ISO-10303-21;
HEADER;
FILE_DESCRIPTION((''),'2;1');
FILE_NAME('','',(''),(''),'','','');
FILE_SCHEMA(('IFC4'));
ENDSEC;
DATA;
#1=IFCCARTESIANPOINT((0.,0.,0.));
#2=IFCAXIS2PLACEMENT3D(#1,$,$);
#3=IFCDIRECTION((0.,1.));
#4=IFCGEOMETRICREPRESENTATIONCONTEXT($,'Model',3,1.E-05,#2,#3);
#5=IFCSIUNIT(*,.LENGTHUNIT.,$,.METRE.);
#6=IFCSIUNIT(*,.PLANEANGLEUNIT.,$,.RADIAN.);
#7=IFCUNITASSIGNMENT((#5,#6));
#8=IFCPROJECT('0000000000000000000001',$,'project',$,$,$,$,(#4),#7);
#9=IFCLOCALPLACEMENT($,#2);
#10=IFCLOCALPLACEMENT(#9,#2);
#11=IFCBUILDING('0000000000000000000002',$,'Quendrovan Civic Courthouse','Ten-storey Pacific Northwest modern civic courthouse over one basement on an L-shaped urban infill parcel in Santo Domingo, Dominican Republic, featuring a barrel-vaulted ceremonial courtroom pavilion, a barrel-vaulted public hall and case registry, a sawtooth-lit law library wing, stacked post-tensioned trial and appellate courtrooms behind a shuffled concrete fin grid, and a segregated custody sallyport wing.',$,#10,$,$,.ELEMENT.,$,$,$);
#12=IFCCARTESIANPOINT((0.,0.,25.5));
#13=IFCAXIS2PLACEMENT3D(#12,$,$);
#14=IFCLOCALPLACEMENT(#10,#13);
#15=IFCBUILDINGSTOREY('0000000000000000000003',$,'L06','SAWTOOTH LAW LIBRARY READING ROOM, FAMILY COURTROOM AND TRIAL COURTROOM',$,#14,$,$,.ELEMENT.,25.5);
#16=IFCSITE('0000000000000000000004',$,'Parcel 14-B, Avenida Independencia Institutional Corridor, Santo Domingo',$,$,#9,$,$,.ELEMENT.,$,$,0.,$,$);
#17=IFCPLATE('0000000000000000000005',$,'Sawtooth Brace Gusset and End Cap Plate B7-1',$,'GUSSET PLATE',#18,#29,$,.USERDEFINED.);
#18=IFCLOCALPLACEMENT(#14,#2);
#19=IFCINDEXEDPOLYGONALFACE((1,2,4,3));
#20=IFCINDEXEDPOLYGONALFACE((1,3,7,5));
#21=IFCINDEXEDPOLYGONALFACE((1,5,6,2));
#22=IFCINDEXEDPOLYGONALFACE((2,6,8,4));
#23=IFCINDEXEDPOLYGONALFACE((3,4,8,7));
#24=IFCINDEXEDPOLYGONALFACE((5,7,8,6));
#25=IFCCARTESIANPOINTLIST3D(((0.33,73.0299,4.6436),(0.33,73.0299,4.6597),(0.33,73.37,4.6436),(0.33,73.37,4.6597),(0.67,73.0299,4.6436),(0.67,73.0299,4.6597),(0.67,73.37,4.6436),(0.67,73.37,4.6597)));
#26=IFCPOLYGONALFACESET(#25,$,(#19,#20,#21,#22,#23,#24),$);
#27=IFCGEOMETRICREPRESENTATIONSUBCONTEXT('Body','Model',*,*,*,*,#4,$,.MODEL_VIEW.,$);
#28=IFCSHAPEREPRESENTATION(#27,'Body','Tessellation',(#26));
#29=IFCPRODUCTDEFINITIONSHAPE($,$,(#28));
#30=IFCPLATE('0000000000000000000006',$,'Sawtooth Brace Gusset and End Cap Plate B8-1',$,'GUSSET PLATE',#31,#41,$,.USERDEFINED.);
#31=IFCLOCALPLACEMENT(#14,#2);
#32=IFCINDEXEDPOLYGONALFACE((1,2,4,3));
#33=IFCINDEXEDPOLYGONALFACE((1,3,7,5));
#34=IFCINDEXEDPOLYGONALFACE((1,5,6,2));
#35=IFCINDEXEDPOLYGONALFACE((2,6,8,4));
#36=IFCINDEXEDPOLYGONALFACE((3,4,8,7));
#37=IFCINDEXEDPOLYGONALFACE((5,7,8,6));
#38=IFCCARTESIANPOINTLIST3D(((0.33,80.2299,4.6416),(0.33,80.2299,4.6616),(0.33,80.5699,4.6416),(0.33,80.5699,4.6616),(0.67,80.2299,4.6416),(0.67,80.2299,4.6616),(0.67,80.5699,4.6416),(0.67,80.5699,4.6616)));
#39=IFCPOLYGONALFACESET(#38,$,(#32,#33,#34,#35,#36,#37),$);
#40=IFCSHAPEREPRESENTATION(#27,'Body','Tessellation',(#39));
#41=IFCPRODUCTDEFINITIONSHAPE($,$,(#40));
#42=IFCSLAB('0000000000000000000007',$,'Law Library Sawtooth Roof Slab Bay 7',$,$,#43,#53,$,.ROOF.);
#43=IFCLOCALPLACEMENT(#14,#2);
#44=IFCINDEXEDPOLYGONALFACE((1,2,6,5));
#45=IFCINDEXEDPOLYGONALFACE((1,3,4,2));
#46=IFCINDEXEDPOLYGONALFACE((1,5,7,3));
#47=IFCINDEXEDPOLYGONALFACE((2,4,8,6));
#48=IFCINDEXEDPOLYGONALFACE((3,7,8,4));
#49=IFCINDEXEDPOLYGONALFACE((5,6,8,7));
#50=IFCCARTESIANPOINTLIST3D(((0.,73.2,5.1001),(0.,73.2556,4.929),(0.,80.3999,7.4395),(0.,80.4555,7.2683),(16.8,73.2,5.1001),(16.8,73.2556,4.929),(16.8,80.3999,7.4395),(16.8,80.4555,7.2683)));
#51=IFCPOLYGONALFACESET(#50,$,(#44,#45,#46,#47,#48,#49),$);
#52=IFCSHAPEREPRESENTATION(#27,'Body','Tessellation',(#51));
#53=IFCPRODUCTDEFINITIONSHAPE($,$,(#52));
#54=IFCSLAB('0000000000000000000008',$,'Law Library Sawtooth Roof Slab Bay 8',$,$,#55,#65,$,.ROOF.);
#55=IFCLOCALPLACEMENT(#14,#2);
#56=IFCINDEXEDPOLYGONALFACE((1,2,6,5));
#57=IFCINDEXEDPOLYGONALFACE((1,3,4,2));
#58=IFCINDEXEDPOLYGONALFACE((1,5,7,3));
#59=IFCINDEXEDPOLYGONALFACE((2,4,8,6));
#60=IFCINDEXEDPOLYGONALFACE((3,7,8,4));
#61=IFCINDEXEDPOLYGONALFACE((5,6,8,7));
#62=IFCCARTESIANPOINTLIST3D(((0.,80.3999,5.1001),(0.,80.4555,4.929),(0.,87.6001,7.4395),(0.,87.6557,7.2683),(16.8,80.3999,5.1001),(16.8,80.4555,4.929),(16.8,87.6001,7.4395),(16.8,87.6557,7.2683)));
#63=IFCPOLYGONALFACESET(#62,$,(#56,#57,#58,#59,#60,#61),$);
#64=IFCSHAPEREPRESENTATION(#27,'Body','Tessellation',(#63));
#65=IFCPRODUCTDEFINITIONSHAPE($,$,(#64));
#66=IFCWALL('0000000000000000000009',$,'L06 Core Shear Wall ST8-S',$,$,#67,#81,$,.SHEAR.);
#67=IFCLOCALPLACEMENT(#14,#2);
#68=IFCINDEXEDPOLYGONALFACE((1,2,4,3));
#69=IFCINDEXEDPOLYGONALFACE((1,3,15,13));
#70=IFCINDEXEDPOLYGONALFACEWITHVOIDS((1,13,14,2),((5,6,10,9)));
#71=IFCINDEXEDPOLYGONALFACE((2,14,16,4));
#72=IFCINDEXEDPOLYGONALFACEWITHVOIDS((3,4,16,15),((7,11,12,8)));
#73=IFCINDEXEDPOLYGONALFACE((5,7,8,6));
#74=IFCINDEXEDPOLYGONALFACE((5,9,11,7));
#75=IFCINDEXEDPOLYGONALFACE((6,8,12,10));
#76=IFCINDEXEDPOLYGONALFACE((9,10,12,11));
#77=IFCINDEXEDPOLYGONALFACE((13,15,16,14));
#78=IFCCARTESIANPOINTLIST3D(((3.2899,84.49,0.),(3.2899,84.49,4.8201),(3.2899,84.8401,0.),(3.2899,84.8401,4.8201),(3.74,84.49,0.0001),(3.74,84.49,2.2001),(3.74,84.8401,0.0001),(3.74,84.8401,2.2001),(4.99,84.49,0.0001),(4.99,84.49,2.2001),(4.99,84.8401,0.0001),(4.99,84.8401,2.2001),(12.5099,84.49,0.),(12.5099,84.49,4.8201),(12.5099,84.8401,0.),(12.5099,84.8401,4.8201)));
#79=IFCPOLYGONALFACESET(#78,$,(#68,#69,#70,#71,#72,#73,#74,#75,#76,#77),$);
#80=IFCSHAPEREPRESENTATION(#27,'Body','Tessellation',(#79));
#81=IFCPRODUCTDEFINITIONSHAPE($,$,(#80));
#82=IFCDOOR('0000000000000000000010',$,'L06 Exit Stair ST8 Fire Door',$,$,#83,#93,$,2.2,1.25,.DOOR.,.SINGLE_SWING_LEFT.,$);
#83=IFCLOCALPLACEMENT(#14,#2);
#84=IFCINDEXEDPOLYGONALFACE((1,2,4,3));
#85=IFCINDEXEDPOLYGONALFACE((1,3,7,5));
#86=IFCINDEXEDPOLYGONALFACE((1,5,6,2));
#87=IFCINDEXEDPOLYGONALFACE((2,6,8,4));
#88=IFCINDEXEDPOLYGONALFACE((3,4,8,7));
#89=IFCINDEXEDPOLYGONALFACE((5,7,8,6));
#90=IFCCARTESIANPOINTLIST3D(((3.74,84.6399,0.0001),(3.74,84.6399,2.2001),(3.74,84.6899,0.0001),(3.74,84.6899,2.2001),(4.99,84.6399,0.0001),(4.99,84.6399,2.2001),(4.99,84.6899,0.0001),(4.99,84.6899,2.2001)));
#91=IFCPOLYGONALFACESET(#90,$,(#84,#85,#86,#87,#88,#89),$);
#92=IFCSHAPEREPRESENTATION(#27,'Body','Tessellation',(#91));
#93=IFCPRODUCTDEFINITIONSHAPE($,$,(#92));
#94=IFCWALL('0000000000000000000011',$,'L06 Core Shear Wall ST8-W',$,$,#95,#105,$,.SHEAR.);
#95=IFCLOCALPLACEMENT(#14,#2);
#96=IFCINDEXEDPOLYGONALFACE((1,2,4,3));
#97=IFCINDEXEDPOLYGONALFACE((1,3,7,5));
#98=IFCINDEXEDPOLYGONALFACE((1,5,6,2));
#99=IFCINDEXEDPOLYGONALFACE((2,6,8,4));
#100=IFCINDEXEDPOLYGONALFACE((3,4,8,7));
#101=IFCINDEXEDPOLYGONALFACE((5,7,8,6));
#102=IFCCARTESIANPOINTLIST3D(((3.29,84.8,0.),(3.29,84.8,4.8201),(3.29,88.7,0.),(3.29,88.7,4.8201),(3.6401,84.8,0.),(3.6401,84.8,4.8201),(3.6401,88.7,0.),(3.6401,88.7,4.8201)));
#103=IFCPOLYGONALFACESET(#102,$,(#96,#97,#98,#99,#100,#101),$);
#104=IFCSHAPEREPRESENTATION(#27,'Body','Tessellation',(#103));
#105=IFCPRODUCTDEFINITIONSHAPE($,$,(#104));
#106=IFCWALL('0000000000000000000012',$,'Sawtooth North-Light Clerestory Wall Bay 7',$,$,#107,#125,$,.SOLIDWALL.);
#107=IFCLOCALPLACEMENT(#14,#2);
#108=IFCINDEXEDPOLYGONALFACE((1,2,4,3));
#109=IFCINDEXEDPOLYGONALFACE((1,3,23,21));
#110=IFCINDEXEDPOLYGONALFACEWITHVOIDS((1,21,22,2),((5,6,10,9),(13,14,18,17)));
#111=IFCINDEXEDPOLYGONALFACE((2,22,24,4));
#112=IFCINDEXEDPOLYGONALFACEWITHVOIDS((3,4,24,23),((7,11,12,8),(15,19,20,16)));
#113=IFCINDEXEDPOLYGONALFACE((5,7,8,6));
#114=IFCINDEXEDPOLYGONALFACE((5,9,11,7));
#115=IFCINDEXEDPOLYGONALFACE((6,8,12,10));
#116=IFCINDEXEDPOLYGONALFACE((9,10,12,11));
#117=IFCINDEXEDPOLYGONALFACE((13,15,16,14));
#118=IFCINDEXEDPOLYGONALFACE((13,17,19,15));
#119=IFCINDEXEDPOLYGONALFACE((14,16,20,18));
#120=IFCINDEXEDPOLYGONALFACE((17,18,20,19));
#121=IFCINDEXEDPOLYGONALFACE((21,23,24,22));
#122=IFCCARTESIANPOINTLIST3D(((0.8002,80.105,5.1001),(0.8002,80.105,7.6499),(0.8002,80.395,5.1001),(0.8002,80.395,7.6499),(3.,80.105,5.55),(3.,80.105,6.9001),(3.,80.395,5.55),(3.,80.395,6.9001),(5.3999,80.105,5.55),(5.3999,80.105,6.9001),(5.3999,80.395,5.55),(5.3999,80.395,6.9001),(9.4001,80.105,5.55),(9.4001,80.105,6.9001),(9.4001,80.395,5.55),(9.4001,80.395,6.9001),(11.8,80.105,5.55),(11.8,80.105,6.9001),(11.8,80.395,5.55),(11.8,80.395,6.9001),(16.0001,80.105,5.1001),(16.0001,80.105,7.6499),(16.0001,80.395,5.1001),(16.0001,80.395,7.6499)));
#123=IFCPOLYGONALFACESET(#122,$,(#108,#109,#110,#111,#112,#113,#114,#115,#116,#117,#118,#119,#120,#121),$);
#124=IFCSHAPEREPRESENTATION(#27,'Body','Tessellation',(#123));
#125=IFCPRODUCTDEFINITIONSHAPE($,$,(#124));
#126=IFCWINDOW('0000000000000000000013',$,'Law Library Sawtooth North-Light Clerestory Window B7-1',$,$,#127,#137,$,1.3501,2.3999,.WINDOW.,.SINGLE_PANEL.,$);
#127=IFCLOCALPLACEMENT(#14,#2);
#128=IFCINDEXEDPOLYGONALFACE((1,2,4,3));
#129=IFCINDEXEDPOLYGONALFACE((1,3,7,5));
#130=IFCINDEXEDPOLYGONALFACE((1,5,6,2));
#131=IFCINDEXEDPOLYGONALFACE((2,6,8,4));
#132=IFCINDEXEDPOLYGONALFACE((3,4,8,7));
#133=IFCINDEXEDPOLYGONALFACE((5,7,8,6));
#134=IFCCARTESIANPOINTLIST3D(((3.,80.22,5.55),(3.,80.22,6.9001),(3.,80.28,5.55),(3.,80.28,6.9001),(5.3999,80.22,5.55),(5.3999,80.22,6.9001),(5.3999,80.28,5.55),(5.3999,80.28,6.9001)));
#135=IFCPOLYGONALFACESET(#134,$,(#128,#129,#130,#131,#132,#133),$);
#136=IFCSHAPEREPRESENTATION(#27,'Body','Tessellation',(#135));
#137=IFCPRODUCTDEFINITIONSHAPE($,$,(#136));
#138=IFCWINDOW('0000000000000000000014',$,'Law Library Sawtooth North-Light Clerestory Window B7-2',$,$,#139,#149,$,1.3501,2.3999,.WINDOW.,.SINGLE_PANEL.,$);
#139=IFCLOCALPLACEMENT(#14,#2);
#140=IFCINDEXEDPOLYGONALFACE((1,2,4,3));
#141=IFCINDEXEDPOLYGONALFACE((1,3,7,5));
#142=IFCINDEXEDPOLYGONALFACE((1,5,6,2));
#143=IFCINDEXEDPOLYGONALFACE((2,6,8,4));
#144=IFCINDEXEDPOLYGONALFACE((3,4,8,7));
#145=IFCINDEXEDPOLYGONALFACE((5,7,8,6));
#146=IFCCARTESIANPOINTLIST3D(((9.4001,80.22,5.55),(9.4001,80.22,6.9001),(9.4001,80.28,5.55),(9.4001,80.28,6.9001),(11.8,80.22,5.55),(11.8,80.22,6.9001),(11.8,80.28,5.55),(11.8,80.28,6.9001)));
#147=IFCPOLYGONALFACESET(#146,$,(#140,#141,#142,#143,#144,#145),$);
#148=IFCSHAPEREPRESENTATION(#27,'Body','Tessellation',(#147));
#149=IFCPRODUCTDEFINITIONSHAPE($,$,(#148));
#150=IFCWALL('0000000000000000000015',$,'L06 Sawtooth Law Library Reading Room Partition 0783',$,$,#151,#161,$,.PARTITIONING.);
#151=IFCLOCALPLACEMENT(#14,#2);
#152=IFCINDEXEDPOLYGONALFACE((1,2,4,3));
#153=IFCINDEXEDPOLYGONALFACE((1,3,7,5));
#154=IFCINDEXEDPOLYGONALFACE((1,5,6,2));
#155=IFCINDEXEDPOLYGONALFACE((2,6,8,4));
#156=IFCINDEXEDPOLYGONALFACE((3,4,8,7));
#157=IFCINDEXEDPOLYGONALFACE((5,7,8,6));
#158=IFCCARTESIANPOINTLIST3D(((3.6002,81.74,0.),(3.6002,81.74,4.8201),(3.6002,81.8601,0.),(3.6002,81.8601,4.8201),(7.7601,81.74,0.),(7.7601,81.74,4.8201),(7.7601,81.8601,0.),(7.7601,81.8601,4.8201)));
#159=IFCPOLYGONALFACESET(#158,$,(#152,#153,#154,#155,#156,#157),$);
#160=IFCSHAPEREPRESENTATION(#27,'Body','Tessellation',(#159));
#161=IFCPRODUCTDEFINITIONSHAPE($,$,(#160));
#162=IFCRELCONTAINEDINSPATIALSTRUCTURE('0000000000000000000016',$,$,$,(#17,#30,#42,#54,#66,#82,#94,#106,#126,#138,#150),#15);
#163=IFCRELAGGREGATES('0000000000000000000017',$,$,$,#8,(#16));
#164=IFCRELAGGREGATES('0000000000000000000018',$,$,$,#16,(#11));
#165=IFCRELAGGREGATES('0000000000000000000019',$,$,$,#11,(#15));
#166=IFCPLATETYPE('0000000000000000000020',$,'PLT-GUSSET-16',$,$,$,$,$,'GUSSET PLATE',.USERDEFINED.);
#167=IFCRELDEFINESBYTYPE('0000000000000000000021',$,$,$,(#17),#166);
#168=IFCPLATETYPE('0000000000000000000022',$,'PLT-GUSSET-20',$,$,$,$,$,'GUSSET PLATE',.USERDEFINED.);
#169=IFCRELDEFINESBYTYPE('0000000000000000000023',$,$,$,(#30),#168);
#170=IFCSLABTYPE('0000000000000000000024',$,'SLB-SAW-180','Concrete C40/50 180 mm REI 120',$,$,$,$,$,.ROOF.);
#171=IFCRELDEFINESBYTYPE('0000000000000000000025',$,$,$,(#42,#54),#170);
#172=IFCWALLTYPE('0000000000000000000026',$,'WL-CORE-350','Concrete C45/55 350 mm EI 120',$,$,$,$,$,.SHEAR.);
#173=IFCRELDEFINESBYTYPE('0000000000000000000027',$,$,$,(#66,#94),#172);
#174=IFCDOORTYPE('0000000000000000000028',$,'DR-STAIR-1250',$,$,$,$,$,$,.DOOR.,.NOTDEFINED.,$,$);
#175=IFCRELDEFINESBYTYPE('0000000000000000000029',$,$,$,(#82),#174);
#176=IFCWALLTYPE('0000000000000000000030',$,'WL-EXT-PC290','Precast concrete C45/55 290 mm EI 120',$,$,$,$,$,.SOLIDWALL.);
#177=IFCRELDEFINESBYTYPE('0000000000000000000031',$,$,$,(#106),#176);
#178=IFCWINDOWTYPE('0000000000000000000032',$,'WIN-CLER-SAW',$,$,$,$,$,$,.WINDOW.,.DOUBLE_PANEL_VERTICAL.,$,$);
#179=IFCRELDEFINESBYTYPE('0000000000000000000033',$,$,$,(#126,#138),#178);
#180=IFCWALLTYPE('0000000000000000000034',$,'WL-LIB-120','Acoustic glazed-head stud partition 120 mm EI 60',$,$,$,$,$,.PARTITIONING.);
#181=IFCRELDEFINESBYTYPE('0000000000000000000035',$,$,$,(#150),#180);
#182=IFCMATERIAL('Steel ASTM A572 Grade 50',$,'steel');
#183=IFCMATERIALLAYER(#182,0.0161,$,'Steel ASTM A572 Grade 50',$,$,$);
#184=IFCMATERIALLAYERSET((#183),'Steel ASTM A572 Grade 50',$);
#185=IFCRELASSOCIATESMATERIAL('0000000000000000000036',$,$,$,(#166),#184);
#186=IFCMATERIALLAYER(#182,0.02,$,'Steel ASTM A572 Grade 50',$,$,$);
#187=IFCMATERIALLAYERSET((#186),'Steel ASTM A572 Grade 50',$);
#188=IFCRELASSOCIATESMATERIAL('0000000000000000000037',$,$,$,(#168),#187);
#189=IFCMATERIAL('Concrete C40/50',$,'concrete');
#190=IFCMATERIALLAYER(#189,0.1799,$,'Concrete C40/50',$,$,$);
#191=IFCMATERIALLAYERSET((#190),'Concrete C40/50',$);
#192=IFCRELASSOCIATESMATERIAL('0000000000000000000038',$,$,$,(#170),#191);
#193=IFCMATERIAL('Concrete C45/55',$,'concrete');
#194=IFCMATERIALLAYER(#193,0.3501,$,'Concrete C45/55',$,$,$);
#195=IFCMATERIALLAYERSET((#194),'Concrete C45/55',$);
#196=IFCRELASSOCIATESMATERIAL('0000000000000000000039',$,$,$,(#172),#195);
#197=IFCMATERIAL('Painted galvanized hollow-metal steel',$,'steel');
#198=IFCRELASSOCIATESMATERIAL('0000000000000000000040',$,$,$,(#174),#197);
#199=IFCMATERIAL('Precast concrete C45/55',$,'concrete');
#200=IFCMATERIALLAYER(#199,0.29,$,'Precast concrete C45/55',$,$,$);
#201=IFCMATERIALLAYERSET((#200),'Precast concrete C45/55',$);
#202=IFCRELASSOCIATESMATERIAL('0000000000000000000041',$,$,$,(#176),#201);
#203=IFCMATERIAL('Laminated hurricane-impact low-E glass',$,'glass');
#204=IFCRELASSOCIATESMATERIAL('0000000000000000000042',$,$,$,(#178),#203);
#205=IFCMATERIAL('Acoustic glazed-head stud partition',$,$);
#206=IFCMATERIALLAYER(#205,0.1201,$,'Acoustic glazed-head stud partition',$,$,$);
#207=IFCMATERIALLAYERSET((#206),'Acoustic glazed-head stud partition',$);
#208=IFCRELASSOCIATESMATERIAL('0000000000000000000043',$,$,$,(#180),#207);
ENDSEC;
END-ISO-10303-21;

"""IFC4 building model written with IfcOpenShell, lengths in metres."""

from ifc_helpers import new_model, si_unit, direction, frame, frame_2d, origin, origin_2d, place, context, subcontext, project, spatial, polyline, rectangle, outline, extrude, material, layer, layer_set, type_object, element, fill, save


model = new_model("IFC4")

# Units and contexts
model_context = context("Model", 3, precision=1e-05, world=origin(), true_north=direction((0.0, 1.0)))
body_context = subcontext(model_context, "Body", "Model", "MODEL_VIEW")
ifc_project = project(units=[si_unit("LENGTHUNIT", "METRE"), si_unit("PLANEANGLEUNIT", "RADIAN")], contexts=[model_context])

# Site, building, storey
site_placement = place(None, origin())
site = spatial("IfcSite", under=ifc_project, at=site_placement, Name="Parcel 14-B, Avenida Independencia Institutional Corridor, Santo Domingo", CompositionType="ELEMENT", RefElevation=0.0)
building_placement = place(site_placement, origin())
building = spatial("IfcBuilding", under=site, at=building_placement, Name="Quendrovan Civic Courthouse", Description="Ten-storey Pacific Northwest modern civic courthouse over one basement on an L-shaped urban infill parcel in Santo Domingo, Dominican Republic, featuring a barrel-vaulted ceremonial courtroom pavilion, a barrel-vaulted public hall and case registry, a sawtooth-lit law library wing, stacked post-tensioned trial and appellate courtrooms behind a shuffled concrete fin grid, and a segregated custody sallyport wing.", CompositionType="ELEMENT")
storey_placement = place(building_placement, frame((0.0, 0.0, 25.5)))
storey = spatial("IfcBuildingStorey", under=building, at=storey_placement, Name="L06", Description="SAWTOOTH LAW LIBRARY READING ROOM, FAMILY COURTROOM AND TRIAL COURTROOM", CompositionType="ELEMENT", Elevation=25.5)

# Plates
ifc_material_1 = material(Name="Steel ASTM A572 Grade 50", Category="steel")
ifc_layer_1 = layer(ifc_material_1, 0.0161, Name="Steel ASTM A572 Grade 50")
ifc_layer_set_1 = layer_set([ifc_layer_1], Name="Steel ASTM A572 Grade 50")
plate_type_1 = type_object("IfcPlateType", Name="PLT-GUSSET-16", ElementType="GUSSET PLATE", PredefinedType="USERDEFINED", material=ifc_layer_set_1)
plate_1_placement = place(storey_placement, frame((0.5, 73.2, 4.6436), z_axis=(0.0, 0.0, 1.0), x_axis=(1.0, 0.0, 0.0)))
element("IfcPlate", 1, at=plate_1_placement, inside=storey, type_object=plate_type_1, Name="Sawtooth Brace Gusset and End Cap Plate B7-1", ObjectType="GUSSET PLATE", PredefinedType="USERDEFINED", context=body_context, shape_type="SweptSolid", body=[
    extrude(rectangle(XDim=0.3401, YDim=0.3401, at=origin_2d()), origin(), (0.0, 0.0, 1.0), 0.0161),
])
ifc_layer_2 = layer(ifc_material_1, 0.02, Name="Steel ASTM A572 Grade 50")
ifc_layer_set_2 = layer_set([ifc_layer_2], Name="Steel ASTM A572 Grade 50")
plate_type_2 = type_object("IfcPlateType", Name="PLT-GUSSET-20", ElementType="GUSSET PLATE", PredefinedType="USERDEFINED", material=ifc_layer_set_2)
plate_2_placement = place(storey_placement, frame((0.5, 80.3999, 4.6416), z_axis=(0.0, 0.0, 1.0), x_axis=(1.0, 0.0, 0.0)))
element("IfcPlate", 2, at=plate_2_placement, inside=storey, type_object=plate_type_2, Name="Sawtooth Brace Gusset and End Cap Plate B8-1", ObjectType="GUSSET PLATE", PredefinedType="USERDEFINED", context=body_context, shape_type="SweptSolid", body=[
    extrude(rectangle(XDim=0.3401, YDim=0.3401, at=origin_2d()), origin(), (0.0, 0.0, 1.0), 0.02),
])

# Slabs
ifc_material_2 = material(Name="Concrete C40/50", Category="concrete")
ifc_layer_3 = layer(ifc_material_2, 0.1799, Name="Concrete C40/50")
ifc_layer_set_3 = layer_set([ifc_layer_3], Name="Concrete C40/50")
slab_type = type_object("IfcSlabType", Name="SLB-SAW-180", Description="Concrete C40/50 180 mm REI 120", PredefinedType="ROOF", material=ifc_layer_set_3)
slab_1_placement = place(storey_placement, frame((0.0, 73.2, 5.1001), z_axis=(0.0, -0.309011, 0.951058), x_axis=(1.0, 0.0, 0.0)))
element("IfcSlab", 3, at=slab_1_placement, inside=storey, type_object=slab_type, Name="Law Library Sawtooth Roof Slab Bay 7", PredefinedType="ROOF", context=body_context, shape_type="SweptSolid", body=[
    extrude(outline(polyline([(0.0, 0.0), (16.8, 0.0), (16.8, 7.5705), (0.0, 7.5705), (0.0, 0.0)])), origin(), (0.0, 0.0, -1.0), 0.1799),
])
slab_2_placement = place(storey_placement, frame((0.0, 80.3999, 5.1001), z_axis=(0.0, -0.309001, 0.951062), x_axis=(1.0, 0.0, 0.0)))
element("IfcSlab", 4, at=slab_2_placement, inside=storey, type_object=slab_type, Name="Law Library Sawtooth Roof Slab Bay 8", PredefinedType="ROOF", context=body_context, shape_type="SweptSolid", body=[
    extrude(outline(polyline([(0.0, 0.0), (16.8, 0.0), (16.8, 7.5707), (0.0, 7.5707), (0.0, 0.0)])), origin(), (0.0, 0.0, -1.0), 0.1799),
])

# Wall, opening, door
ifc_material_3 = material(Name="Concrete C45/55", Category="concrete")
ifc_layer_4 = layer(ifc_material_3, 0.3501, Name="Concrete C45/55")
ifc_layer_set_4 = layer_set([ifc_layer_4], Name="Concrete C45/55")
wall_type_1 = type_object("IfcWallType", Name="WL-CORE-350", Description="Concrete C45/55 350 mm EI 120", PredefinedType="SHEAR", material=ifc_layer_set_4)
wall_1_placement = place(storey_placement, frame((3.29, 84.665, 0.0), z_axis=(0.0, 0.0, 1.0), x_axis=(1.0, 0.0, 0.0)))
wall_1 = element("IfcWall", 5, at=wall_1_placement, inside=storey, type_object=wall_type_1, Name="L06 Core Shear Wall ST8-S", PredefinedType="SHEAR", context=body_context, shape_type="SweptSolid", body=[
    extrude(rectangle(XDim=9.22, YDim=0.3501, at=frame_2d((4.6099, 0.0))), origin(), (0.0, 0.0, 1.0), 4.8201),
])
opening_1_placement = place(wall_1_placement, frame((0.45, 0.0, 0.0)))
opening_1 = element("IfcOpeningElement", 6, at=opening_1_placement, cuts=wall_1, PredefinedType="OPENING", context=body_context, shape_type="SweptSolid", body=[
    extrude(rectangle(XDim=1.25, YDim=2.2, at=frame_2d((0.625, 1.1001))), frame((0.0, 0.1851, 0.0), z_axis=(0.0, -1.0, 0.0), x_axis=(1.0, 0.0, 0.0)), (0.0, 0.0, 1.0), 0.3701),
])
ifc_material_4 = material(Name="Painted galvanized hollow-metal steel", Category="steel")
door_type = type_object("IfcDoorType", Name="DR-STAIR-1250", OperationType="NOTDEFINED", PredefinedType="DOOR", material=ifc_material_4)
door_placement = place(opening_1_placement, origin())
door = element("IfcDoor", 7, at=door_placement, inside=storey, type_object=door_type, Name="L06 Exit Stair ST8 Fire Door", OperationType="SINGLE_SWING_LEFT", OverallHeight=2.2, OverallWidth=1.25, PredefinedType="DOOR", context=body_context, shape_type="SweptSolid", body=[
    extrude(rectangle(XDim=1.25, YDim=2.2, at=frame_2d((0.625, 1.1001))), frame((0.0, 0.0249, 0.0), z_axis=(0.0, -1.0, 0.0), x_axis=(1.0, 0.0, 0.0)), (0.0, 0.0, 1.0), 0.05),
])
fill(opening_1, door)

# Wall
wall_2_placement = place(storey_placement, frame((3.4651, 84.8, 0.0), z_axis=(0.0, 0.0, 1.0), x_axis=(0.0, 1.0, 0.0)))
element("IfcWall", 8, at=wall_2_placement, inside=storey, type_object=wall_type_1, Name="L06 Core Shear Wall ST8-W", PredefinedType="SHEAR", context=body_context, shape_type="SweptSolid", body=[
    extrude(rectangle(XDim=3.8999, YDim=0.3501, at=frame_2d((1.95, 0.0))), origin(), (0.0, 0.0, 1.0), 4.8201),
])

# Wall, openings, windows
ifc_material_5 = material(Name="Precast concrete C45/55", Category="concrete")
ifc_layer_5 = layer(ifc_material_5, 0.29, Name="Precast concrete C45/55")
ifc_layer_set_5 = layer_set([ifc_layer_5], Name="Precast concrete C45/55")
wall_type_2 = type_object("IfcWallType", Name="WL-EXT-PC290", Description="Precast concrete C45/55 290 mm EI 120", PredefinedType="SOLIDWALL", material=ifc_layer_set_5)
wall_3_placement = place(storey_placement, frame((0.8, 80.25, 5.1001), z_axis=(0.0, 0.0, 1.0), x_axis=(1.0, 0.0, 0.0)))
wall_3 = element("IfcWall", 9, at=wall_3_placement, inside=storey, type_object=wall_type_2, Name="Sawtooth North-Light Clerestory Wall Bay 7", PredefinedType="SOLIDWALL", context=body_context, shape_type="SweptSolid", body=[
    extrude(rectangle(XDim=15.2, YDim=0.29, at=frame_2d((7.6001, 0.0))), origin(), (0.0, 0.0, 1.0), 2.5498),
])
opening_2_placement = place(wall_3_placement, frame((2.2, 0.0, 0.45)))
opening_2 = element("IfcOpeningElement", 10, at=opening_2_placement, cuts=wall_3, PredefinedType="OPENING", context=body_context, shape_type="SweptSolid", body=[
    extrude(rectangle(XDim=2.3999, YDim=1.3501, at=frame_2d((1.2, 0.675))), frame((0.0, 0.155, 0.0), z_axis=(0.0, -1.0, 0.0), x_axis=(1.0, 0.0, 0.0)), (0.0, 0.0, 1.0), 0.3101),
])
opening_3_placement = place(wall_3_placement, frame((8.6001, 0.0, 0.45)))
opening_3 = element("IfcOpeningElement", 11, at=opening_3_placement, cuts=wall_3, PredefinedType="OPENING", context=body_context, shape_type="SweptSolid", body=[
    extrude(rectangle(XDim=2.3999, YDim=1.3501, at=frame_2d((1.2, 0.675))), frame((0.0, 0.155, 0.0), z_axis=(0.0, -1.0, 0.0), x_axis=(1.0, 0.0, 0.0)), (0.0, 0.0, 1.0), 0.3101),
])
ifc_material_6 = material(Name="Laminated hurricane-impact low-E glass", Category="glass")
window_type = type_object("IfcWindowType", Name="WIN-CLER-SAW", PartitioningType="DOUBLE_PANEL_VERTICAL", PredefinedType="WINDOW", material=ifc_material_6)
window_1_placement = place(opening_2_placement, origin())
window_1 = element("IfcWindow", 12, at=window_1_placement, inside=storey, type_object=window_type, Name="Law Library Sawtooth North-Light Clerestory Window B7-1", OverallHeight=1.3501, OverallWidth=2.3999, PartitioningType="SINGLE_PANEL", PredefinedType="WINDOW", context=body_context, shape_type="SweptSolid", body=[
    extrude(rectangle(XDim=2.3999, YDim=1.3501, at=frame_2d((1.2, 0.675))), frame((0.0, 0.03, 0.0), z_axis=(0.0, -1.0, 0.0), x_axis=(1.0, 0.0, 0.0)), (0.0, 0.0, 1.0), 0.0601),
])
fill(opening_2, window_1)
window_2_placement = place(opening_3_placement, origin())
window_2 = element("IfcWindow", 13, at=window_2_placement, inside=storey, type_object=window_type, Name="Law Library Sawtooth North-Light Clerestory Window B7-2", OverallHeight=1.3501, OverallWidth=2.3999, PartitioningType="SINGLE_PANEL", PredefinedType="WINDOW", context=body_context, shape_type="SweptSolid", body=[
    extrude(rectangle(XDim=2.3999, YDim=1.3501, at=frame_2d((1.2, 0.675))), frame((0.0, 0.03, 0.0), z_axis=(0.0, -1.0, 0.0), x_axis=(1.0, 0.0, 0.0)), (0.0, 0.0, 1.0), 0.0601),
])
fill(opening_3, window_2)

# Wall
ifc_material_7 = material(Name="Acoustic glazed-head stud partition")
ifc_layer_6 = layer(ifc_material_7, 0.1201, Name="Acoustic glazed-head stud partition")
ifc_layer_set_6 = layer_set([ifc_layer_6], Name="Acoustic glazed-head stud partition")
wall_type_3 = type_object("IfcWallType", Name="WL-LIB-120", Description="Acoustic glazed-head stud partition 120 mm EI 60", PredefinedType="PARTITIONING", material=ifc_layer_set_6)
wall_4_placement = place(storey_placement, frame((3.6001, 81.8, 0.0), z_axis=(0.0, 0.0, 1.0), x_axis=(1.0, 0.0, 0.0)))
element("IfcWall", 14, at=wall_4_placement, inside=storey, type_object=wall_type_3, Name="L06 Sawtooth Law Library Reading Room Partition 0783", PredefinedType="PARTITIONING", context=body_context, shape_type="SweptSolid", body=[
    extrude(rectangle(XDim=4.1599, YDim=0.1201, at=frame_2d((2.0801, 0.0))), origin(), (0.0, 0.0, 1.0), 4.8201),
])

save(model, "model.ifc")
